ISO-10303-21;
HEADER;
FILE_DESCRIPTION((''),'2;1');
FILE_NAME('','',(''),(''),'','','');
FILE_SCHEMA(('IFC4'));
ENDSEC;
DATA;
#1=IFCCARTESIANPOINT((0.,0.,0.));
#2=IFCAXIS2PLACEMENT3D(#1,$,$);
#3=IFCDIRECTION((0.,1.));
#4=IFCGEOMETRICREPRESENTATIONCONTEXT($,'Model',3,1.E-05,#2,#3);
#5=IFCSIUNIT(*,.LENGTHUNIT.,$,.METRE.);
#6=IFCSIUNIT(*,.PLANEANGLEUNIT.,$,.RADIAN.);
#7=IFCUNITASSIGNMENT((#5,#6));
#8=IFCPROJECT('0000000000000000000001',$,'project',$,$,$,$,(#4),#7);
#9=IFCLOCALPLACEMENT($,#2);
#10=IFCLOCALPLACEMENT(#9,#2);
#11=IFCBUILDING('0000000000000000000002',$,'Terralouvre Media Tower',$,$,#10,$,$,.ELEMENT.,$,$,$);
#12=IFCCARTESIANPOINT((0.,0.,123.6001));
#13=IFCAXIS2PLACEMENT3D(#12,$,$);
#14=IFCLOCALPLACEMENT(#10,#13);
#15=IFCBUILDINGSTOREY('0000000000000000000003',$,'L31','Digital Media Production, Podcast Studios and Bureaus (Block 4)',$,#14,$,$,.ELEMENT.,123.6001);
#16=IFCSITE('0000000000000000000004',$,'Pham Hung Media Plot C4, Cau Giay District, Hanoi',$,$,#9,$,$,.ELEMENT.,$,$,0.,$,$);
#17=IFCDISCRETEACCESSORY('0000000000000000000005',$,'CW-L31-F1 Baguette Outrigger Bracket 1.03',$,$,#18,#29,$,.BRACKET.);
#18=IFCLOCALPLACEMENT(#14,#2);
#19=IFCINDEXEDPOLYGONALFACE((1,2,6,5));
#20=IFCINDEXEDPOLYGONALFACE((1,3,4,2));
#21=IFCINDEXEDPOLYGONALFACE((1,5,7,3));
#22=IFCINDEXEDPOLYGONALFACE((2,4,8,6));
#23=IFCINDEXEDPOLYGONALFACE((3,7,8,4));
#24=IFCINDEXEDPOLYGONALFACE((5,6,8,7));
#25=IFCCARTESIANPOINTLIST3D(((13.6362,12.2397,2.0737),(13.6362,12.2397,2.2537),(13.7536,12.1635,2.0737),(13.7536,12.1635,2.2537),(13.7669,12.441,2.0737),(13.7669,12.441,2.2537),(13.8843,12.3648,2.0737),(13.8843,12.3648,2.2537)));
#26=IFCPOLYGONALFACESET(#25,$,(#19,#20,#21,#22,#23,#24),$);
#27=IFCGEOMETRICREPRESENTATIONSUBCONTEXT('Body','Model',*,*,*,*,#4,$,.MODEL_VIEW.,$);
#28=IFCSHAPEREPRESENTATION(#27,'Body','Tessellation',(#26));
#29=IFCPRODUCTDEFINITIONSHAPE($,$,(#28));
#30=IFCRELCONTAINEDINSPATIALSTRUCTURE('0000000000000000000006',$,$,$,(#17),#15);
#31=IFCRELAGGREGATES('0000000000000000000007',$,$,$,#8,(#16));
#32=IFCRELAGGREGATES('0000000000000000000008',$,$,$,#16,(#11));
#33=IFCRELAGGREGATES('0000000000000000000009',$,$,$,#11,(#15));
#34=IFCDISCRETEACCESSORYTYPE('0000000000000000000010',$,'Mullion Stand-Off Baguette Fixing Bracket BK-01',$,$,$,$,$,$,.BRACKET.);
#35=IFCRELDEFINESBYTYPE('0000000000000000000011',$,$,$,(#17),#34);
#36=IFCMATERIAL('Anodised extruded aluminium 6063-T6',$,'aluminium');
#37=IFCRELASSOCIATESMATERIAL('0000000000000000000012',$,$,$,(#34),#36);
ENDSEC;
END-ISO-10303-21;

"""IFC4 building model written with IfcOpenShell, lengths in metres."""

from ifc_helpers import new_model, si_unit, direction, frame, origin, origin_2d, place, context, subcontext, project, spatial, rectangle, extrude, material, type_object, element, save


model = new_model("IFC4")

# Units and contexts
model_context = context("Model", 3, precision=1e-05, world=origin(), true_north=direction((0.0, 1.0)))
body_context = subcontext(model_context, "Body", "Model", "MODEL_VIEW")
ifc_project = project(units=[si_unit("LENGTHUNIT", "METRE"), si_unit("PLANEANGLEUNIT", "RADIAN")], contexts=[model_context])

# Site, building, storey
site_placement = place(None, origin())
site = spatial("IfcSite", under=ifc_project, at=site_placement, Name="Pham Hung Media Plot C4, Cau Giay District, Hanoi", CompositionType="ELEMENT", RefElevation=0.0)
building_placement = place(site_placement, origin())
building = spatial("IfcBuilding", under=site, at=building_placement, Name="Terralouvre Media Tower", CompositionType="ELEMENT")
storey_placement = place(building_placement, frame((0.0, 0.0, 123.6001)))
storey = spatial("IfcBuildingStorey", under=building, at=storey_placement, Name="L31", Description="Digital Media Production, Podcast Studios and Bureaus (Block 4)", CompositionType="ELEMENT", Elevation=123.6001)

# Discrete accessory
ifc_material_1 = material(Name="Anodised extruded aluminium 6063-T6", Category="aluminium")
discrete_accessory_type = type_object("IfcDiscreteAccessoryType", Name="Mullion Stand-Off Baguette Fixing Bracket BK-01", PredefinedType="BRACKET", material=ifc_material_1)
discrete_accessory_placement = place(storey_placement, frame((13.7603, 12.3022, 2.0737), z_axis=(0.0, 0.0, 1.0), x_axis=(-0.838671, 0.544639, 0.0)))
element("IfcDiscreteAccessory", 1, at=discrete_accessory_placement, inside=storey, type_object=discrete_accessory_type, Name="CW-L31-F1 Baguette Outrigger Bracket 1.03", PredefinedType="BRACKET", context=body_context, shape_type="SweptSolid", body=[
    extrude(rectangle(XDim=0.1399, YDim=0.24, at=origin_2d()), origin(), (0.0, 0.0, 1.0), 0.1799),
])

save(model, "model.ifc")
